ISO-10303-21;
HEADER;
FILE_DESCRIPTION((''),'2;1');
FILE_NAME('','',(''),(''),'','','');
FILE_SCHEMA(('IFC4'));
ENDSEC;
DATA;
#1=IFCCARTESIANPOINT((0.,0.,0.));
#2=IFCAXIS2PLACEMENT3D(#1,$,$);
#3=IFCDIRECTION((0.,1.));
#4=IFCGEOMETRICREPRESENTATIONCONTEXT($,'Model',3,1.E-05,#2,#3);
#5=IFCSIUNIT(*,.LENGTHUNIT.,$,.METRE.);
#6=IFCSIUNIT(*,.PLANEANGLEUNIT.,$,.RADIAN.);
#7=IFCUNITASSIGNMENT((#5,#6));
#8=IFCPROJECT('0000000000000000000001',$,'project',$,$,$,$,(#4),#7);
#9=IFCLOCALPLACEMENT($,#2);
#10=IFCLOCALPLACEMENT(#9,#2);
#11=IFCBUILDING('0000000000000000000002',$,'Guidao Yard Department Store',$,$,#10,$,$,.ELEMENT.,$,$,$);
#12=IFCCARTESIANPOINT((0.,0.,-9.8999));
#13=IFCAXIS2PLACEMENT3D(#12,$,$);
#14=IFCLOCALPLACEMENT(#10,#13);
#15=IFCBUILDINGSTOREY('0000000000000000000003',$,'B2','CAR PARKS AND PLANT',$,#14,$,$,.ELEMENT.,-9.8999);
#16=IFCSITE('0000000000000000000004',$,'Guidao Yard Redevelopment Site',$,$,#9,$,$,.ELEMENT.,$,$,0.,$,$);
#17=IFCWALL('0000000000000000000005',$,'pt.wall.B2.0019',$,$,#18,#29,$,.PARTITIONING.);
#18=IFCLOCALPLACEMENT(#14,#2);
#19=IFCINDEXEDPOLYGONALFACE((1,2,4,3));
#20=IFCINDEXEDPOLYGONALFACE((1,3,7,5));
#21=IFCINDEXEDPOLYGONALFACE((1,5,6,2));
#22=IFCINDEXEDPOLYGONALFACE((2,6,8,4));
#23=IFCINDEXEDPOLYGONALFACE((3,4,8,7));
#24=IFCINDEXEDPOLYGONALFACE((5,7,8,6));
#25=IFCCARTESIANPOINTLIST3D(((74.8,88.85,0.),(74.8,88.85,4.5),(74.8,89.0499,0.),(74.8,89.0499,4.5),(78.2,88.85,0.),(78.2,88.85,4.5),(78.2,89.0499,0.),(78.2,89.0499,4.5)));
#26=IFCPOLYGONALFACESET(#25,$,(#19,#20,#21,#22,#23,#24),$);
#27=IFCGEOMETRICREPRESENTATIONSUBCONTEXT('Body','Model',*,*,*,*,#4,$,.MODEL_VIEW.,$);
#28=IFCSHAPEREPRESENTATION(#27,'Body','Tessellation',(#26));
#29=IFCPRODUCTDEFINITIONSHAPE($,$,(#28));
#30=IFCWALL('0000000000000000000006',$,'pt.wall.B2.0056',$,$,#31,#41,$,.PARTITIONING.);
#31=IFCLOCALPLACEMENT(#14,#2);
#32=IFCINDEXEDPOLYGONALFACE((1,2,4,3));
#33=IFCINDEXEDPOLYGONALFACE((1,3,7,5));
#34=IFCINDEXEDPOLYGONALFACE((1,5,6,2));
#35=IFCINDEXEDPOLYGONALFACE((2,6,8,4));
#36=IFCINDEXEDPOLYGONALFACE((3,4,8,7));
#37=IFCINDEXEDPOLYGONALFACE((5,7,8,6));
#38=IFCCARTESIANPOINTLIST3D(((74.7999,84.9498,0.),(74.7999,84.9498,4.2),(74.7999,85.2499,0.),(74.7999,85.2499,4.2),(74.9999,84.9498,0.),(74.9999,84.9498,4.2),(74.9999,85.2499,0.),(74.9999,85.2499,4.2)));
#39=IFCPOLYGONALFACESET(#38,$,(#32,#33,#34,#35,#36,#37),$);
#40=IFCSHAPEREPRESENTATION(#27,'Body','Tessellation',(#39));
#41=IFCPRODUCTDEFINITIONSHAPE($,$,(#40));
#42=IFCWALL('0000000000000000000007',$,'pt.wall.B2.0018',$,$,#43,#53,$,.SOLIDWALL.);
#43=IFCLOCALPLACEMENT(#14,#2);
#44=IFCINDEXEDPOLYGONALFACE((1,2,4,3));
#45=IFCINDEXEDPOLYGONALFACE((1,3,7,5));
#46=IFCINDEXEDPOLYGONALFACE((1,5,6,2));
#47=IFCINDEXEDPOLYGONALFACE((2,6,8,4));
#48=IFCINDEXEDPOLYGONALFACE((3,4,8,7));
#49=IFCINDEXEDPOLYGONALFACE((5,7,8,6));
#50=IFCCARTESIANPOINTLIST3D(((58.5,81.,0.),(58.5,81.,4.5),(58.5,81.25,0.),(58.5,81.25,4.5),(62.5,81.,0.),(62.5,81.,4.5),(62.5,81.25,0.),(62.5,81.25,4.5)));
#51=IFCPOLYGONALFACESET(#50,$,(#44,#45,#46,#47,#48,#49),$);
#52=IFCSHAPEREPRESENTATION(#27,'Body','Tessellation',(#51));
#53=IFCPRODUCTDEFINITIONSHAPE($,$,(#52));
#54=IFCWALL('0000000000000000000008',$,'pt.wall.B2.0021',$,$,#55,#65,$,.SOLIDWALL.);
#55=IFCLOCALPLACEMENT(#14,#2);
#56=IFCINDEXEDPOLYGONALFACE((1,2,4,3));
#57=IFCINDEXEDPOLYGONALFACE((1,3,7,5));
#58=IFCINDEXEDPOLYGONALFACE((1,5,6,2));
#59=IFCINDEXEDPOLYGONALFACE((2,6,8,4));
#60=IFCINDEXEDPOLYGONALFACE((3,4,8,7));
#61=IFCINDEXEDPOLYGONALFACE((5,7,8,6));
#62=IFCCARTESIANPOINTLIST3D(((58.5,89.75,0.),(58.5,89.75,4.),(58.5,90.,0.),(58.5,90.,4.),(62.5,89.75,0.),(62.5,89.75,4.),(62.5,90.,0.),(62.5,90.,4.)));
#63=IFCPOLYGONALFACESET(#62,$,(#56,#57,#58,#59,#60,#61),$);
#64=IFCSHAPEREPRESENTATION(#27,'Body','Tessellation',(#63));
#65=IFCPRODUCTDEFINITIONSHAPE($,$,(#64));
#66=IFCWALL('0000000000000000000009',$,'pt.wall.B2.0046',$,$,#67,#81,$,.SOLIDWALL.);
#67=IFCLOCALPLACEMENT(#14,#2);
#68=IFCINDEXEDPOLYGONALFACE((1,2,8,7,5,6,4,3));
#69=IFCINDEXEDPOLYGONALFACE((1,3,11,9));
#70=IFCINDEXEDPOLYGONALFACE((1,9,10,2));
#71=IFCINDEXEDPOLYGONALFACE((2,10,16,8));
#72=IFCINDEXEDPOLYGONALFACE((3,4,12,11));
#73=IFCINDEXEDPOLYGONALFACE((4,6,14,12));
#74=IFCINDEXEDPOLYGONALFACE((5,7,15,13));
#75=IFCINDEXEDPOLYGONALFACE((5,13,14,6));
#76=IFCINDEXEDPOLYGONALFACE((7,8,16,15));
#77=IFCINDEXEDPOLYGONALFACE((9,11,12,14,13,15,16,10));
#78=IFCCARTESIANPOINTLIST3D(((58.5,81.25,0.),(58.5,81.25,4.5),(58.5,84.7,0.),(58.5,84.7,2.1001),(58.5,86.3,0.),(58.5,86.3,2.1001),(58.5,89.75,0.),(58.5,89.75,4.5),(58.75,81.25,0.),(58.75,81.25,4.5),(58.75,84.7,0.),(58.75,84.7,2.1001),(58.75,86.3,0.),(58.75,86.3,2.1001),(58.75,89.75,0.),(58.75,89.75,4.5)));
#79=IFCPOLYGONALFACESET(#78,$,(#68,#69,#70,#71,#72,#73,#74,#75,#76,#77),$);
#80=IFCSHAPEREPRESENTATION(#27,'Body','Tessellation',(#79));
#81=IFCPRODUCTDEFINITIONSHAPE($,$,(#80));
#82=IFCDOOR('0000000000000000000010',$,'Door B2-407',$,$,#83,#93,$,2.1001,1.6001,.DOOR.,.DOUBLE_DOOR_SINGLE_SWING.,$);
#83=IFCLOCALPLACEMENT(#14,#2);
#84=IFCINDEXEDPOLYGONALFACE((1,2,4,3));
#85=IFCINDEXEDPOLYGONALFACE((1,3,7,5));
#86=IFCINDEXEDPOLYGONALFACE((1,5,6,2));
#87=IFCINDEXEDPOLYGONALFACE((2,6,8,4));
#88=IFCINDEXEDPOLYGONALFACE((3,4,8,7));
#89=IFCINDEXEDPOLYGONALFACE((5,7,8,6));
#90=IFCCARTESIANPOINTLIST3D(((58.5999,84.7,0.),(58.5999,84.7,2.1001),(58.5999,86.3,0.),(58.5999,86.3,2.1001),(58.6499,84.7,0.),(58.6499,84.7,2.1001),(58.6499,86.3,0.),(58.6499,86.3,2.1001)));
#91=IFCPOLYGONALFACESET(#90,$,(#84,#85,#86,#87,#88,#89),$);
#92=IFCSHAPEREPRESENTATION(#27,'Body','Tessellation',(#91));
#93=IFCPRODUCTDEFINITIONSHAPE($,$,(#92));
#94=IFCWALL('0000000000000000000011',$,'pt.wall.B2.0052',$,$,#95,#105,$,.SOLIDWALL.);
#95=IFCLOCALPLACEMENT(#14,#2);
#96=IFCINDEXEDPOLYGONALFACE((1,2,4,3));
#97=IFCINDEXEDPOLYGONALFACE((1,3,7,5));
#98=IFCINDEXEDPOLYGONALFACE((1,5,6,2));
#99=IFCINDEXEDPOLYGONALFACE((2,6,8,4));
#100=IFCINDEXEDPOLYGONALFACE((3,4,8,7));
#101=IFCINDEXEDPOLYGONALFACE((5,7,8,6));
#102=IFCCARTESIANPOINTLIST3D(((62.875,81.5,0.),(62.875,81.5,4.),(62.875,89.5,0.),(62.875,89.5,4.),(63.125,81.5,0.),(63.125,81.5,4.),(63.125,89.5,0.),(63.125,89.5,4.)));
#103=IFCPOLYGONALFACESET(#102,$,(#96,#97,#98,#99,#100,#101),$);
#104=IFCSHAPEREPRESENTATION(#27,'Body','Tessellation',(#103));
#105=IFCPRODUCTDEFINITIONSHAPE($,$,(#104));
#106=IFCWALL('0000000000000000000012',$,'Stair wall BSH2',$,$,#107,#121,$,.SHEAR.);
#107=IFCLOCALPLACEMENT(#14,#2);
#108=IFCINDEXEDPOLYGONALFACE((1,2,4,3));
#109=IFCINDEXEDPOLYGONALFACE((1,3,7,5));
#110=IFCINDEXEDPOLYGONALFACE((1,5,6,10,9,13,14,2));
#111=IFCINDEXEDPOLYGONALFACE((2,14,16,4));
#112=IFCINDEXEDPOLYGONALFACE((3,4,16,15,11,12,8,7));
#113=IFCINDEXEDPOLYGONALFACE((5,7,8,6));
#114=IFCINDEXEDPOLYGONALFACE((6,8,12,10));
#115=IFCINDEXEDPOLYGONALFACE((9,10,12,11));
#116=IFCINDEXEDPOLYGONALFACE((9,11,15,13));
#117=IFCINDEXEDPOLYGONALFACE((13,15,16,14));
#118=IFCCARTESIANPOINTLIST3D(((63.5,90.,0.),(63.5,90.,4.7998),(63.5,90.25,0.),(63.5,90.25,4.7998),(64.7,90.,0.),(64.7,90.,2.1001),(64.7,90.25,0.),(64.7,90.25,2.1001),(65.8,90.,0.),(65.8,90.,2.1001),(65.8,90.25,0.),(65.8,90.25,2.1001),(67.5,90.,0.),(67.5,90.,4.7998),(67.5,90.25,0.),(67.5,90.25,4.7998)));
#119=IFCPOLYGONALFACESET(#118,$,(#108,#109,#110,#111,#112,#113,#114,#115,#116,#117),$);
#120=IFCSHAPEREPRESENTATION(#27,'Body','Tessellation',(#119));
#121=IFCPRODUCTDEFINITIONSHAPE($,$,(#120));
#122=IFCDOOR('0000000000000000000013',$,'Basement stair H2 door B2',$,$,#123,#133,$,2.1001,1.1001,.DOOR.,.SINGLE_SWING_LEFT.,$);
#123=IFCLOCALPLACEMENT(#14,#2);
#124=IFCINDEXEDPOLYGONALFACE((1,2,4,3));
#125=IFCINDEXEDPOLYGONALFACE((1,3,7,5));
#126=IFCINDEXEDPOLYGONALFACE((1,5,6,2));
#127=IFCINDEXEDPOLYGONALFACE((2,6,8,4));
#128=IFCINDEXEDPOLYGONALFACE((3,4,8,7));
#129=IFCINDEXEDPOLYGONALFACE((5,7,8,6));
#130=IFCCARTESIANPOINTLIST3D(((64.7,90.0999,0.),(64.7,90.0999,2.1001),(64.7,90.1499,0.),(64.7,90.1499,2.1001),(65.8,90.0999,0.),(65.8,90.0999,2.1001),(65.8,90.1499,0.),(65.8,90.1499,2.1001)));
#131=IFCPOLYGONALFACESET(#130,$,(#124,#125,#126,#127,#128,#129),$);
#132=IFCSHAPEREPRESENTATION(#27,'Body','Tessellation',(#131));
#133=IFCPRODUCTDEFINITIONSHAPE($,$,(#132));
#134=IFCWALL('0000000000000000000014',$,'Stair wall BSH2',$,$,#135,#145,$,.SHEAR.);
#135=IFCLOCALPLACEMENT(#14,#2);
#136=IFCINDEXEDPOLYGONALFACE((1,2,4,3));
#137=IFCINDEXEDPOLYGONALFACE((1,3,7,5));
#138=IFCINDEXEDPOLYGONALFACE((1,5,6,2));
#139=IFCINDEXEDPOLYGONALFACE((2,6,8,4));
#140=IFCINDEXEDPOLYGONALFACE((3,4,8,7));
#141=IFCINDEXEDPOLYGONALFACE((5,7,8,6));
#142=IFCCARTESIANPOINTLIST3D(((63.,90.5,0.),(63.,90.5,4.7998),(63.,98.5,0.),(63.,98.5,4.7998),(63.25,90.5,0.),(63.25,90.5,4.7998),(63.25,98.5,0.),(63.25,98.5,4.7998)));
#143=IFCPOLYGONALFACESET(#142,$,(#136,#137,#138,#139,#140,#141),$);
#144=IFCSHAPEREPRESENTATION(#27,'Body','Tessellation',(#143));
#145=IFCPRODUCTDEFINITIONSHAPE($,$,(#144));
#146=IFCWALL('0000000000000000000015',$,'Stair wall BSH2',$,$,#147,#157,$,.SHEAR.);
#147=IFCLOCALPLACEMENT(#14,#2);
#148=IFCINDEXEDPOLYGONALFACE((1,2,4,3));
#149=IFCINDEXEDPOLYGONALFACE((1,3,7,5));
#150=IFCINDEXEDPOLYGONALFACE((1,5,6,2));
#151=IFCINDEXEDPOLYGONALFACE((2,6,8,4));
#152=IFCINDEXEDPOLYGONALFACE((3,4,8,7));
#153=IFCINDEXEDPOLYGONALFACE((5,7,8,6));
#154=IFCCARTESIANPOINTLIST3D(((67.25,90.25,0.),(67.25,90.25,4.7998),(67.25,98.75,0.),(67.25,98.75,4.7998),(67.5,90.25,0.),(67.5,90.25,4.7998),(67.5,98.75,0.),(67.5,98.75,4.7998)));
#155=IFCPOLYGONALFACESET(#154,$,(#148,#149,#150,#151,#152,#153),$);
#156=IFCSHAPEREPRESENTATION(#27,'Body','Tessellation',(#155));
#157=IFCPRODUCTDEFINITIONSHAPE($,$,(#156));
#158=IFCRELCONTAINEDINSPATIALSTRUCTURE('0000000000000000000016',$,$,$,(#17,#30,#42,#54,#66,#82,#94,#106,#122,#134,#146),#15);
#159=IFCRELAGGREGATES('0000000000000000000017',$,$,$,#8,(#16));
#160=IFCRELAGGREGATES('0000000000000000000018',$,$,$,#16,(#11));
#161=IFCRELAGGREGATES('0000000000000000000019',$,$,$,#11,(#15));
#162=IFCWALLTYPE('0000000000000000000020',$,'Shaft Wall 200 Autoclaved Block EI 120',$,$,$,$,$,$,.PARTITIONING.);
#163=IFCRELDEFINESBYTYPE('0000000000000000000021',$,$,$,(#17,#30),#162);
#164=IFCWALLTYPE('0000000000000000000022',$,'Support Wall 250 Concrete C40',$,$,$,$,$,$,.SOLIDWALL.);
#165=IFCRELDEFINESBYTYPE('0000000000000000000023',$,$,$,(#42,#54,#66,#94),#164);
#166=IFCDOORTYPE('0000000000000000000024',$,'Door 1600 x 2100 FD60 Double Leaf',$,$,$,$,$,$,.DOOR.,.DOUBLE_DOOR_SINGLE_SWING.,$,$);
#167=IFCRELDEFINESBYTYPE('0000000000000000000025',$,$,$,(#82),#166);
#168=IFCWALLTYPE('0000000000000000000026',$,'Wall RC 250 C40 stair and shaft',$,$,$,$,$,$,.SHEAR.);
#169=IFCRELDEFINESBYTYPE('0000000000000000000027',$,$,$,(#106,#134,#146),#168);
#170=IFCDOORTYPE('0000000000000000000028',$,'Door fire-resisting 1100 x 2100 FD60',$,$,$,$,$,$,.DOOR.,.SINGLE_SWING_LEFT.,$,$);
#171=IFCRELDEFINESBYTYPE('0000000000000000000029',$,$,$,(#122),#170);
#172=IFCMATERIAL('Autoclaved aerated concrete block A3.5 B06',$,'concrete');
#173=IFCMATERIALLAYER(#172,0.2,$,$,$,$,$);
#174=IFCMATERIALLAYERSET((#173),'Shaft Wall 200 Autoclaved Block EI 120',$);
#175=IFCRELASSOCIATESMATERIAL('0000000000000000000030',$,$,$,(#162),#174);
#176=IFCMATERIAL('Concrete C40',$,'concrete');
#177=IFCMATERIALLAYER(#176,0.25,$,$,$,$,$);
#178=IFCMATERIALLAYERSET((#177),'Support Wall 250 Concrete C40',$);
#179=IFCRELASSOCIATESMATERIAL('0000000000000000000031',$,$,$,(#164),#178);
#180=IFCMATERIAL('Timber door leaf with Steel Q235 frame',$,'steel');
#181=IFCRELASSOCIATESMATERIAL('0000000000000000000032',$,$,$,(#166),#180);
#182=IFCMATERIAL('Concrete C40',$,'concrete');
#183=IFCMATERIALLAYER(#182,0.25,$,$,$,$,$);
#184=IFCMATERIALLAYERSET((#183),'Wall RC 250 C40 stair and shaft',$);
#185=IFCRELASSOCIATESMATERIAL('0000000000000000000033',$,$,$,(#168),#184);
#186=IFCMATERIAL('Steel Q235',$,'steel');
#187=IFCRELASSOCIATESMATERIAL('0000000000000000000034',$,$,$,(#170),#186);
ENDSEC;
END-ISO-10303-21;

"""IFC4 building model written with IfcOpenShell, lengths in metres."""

from ifc_helpers import new_model, si_unit, direction, frame, frame_2d, origin, place, context, subcontext, project, spatial, rectangle, extrude, material, layer, layer_set, type_object, element, fill, save


model = new_model("IFC4")

# Units and contexts
model_context = context("Model", 3, precision=1e-05, world=origin(), true_north=direction((0.0, 1.0)))
body_context = subcontext(model_context, "Body", "Model", "MODEL_VIEW")
ifc_project = project(units=[si_unit("LENGTHUNIT", "METRE"), si_unit("PLANEANGLEUNIT", "RADIAN")], contexts=[model_context])

# Site, building, storey
site_placement = place(None, origin())
site = spatial("IfcSite", under=ifc_project, at=site_placement, Name="Guidao Yard Redevelopment Site", CompositionType="ELEMENT", RefElevation=0.0)
building_placement = place(site_placement, origin())
building = spatial("IfcBuilding", under=site, at=building_placement, Name="Guidao Yard Department Store", CompositionType="ELEMENT")
storey_placement = place(building_placement, frame((0.0, 0.0, -9.8999)))
storey = spatial("IfcBuildingStorey", under=building, at=storey_placement, Name="B2", Description="CAR PARKS AND PLANT", CompositionType="ELEMENT", Elevation=-9.8999)

# Walls
ifc_material_1 = material(Name="Autoclaved aerated concrete block A3.5 B06", Category="concrete")
ifc_layer_1 = layer(ifc_material_1, 0.2)
ifc_layer_set_1 = layer_set([ifc_layer_1], Name="Shaft Wall 200 Autoclaved Block EI 120")
wall_type_1 = type_object("IfcWallType", Name="Shaft Wall 200 Autoclaved Block EI 120", PredefinedType="PARTITIONING", material=ifc_layer_set_1)
wall_1_placement = place(storey_placement, frame((74.8, 88.95, 0.0), z_axis=(0.0, 0.0, 1.0), x_axis=(1.0, 0.0, 0.0)))
element("IfcWall", 1, at=wall_1_placement, inside=storey, type_object=wall_type_1, Name="pt.wall.B2.0019", PredefinedType="PARTITIONING", context=body_context, shape_type="SweptSolid", body=[
    extrude(rectangle(XDim=3.3999, YDim=0.2, at=frame_2d((1.7, 0.0))), origin(), (0.0, 0.0, 1.0), 4.5),
])
wall_2_placement = place(storey_placement, frame((74.8999, 84.95, 0.0), z_axis=(0.0, 0.0, 1.0), x_axis=(0.0, 1.0, 0.0)))
element("IfcWall", 2, at=wall_2_placement, inside=storey, type_object=wall_type_1, Name="pt.wall.B2.0056", PredefinedType="PARTITIONING", context=body_context, shape_type="SweptSolid", body=[
    extrude(rectangle(XDim=0.3, YDim=0.2, at=frame_2d((0.1499, 0.0))), origin(), (0.0, 0.0, 1.0), 4.2),
])
ifc_material_2 = material(Name="Concrete C40", Category="concrete")
ifc_layer_2 = layer(ifc_material_2, 0.25)
ifc_layer_set_2 = layer_set([ifc_layer_2], Name="Support Wall 250 Concrete C40")
wall_type_2 = type_object("IfcWallType", Name="Support Wall 250 Concrete C40", PredefinedType="SOLIDWALL", material=ifc_layer_set_2)
wall_3_placement = place(storey_placement, frame((58.5, 81.125, 0.0), z_axis=(0.0, 0.0, 1.0), x_axis=(1.0, 0.0, 0.0)))
element("IfcWall", 3, at=wall_3_placement, inside=storey, type_object=wall_type_2, Name="pt.wall.B2.0018", PredefinedType="SOLIDWALL", context=body_context, shape_type="SweptSolid", body=[
    extrude(rectangle(XDim=4.0, YDim=0.25, at=frame_2d((2.0, 0.0))), origin(), (0.0, 0.0, 1.0), 4.5),
])
wall_4_placement = place(storey_placement, frame((58.5, 89.875, 0.0), z_axis=(0.0, 0.0, 1.0), x_axis=(1.0, 0.0, 0.0)))
element("IfcWall", 4, at=wall_4_placement, inside=storey, type_object=wall_type_2, Name="pt.wall.B2.0021", PredefinedType="SOLIDWALL", context=body_context, shape_type="SweptSolid", body=[
    extrude(rectangle(XDim=4.0, YDim=0.25, at=frame_2d((2.0, 0.0))), origin(), (0.0, 0.0, 1.0), 4.0),
])

# Wall, opening, door
wall_5_placement = place(storey_placement, frame((58.625, 81.25, 0.0), z_axis=(0.0, 0.0, 1.0), x_axis=(0.0, 1.0, 0.0)))
wall_5 = element("IfcWall", 5, at=wall_5_placement, inside=storey, type_object=wall_type_2, Name="pt.wall.B2.0046", PredefinedType="SOLIDWALL", context=body_context, shape_type="SweptSolid", body=[
    extrude(rectangle(XDim=8.5, YDim=0.25, at=frame_2d((4.25, 0.0))), origin(), (0.0, 0.0, 1.0), 4.5),
])
opening_1_placement = place(wall_5_placement, frame((5.05, 0.0, 0.0), z_axis=(0.0, 0.0, 1.0), x_axis=(-1.0, 0.0, 0.0)))
opening_1 = element("IfcOpeningElement", 6, at=opening_1_placement, cuts=wall_5, PredefinedType="OPENING", context=body_context, shape_type="SweptSolid", body=[
    extrude(rectangle(XDim=1.6001, YDim=2.1001, at=frame_2d((0.8, 1.05))), frame((0.0, 0.135, 0.0), z_axis=(0.0, -1.0, 0.0), x_axis=(1.0, 0.0, 0.0)), (0.0, 0.0, 1.0), 0.27),
])
ifc_material_3 = material(Name="Timber door leaf with Steel Q235 frame", Category="steel")
door_type_1 = type_object("IfcDoorType", Name="Door 1600 x 2100 FD60 Double Leaf", OperationType="DOUBLE_DOOR_SINGLE_SWING", PredefinedType="DOOR", material=ifc_material_3)
door_1_placement = place(opening_1_placement, origin())
door_1 = element("IfcDoor", 7, at=door_1_placement, inside=storey, type_object=door_type_1, Name="Door B2-407", OperationType="DOUBLE_DOOR_SINGLE_SWING", OverallHeight=2.1001, OverallWidth=1.6001, PredefinedType="DOOR", context=body_context, shape_type="SweptSolid", body=[
    extrude(rectangle(XDim=1.6001, YDim=2.1001, at=frame_2d((0.8, 1.05))), frame((0.0, 0.0249, 0.0), z_axis=(0.0, -1.0, 0.0), x_axis=(1.0, 0.0, 0.0)), (0.0, 0.0, 1.0), 0.05),
])
fill(opening_1, door_1)

# Wall
wall_6_placement = place(storey_placement, frame((63.0, 81.5, 0.0), z_axis=(0.0, 0.0, 1.0), x_axis=(0.0, 1.0, 0.0)))
element("IfcWall", 8, at=wall_6_placement, inside=storey, type_object=wall_type_2, Name="pt.wall.B2.0052", PredefinedType="SOLIDWALL", context=body_context, shape_type="SweptSolid", body=[
    extrude(rectangle(XDim=8.0, YDim=0.25, at=frame_2d((4.0, 0.0))), origin(), (0.0, 0.0, 1.0), 4.0),
])

# Wall, opening, door
ifc_material_4 = material(Name="Concrete C40", Category="concrete")
ifc_layer_3 = layer(ifc_material_4, 0.25)
ifc_layer_set_3 = layer_set([ifc_layer_3], Name="Wall RC 250 C40 stair and shaft")
wall_type_3 = type_object("IfcWallType", Name="Wall RC 250 C40 stair and shaft", PredefinedType="SHEAR", material=ifc_layer_set_3)
wall_7_placement = place(storey_placement, frame((63.5, 90.125, 0.0), z_axis=(0.0, 0.0, 1.0), x_axis=(1.0, 0.0, 0.0)))
wall_7 = element("IfcWall", 9, at=wall_7_placement, inside=storey, type_object=wall_type_3, Name="Stair wall BSH2", PredefinedType="SHEAR", context=body_context, shape_type="SweptSolid", body=[
    extrude(rectangle(XDim=4.0, YDim=0.25, at=frame_2d((2.0, 0.0))), origin(), (0.0, 0.0, 1.0), 4.7998),
])
opening_2_placement = place(wall_7_placement, frame((1.2, 0.0, 0.0)))
opening_2 = element("IfcOpeningElement", 10, at=opening_2_placement, cuts=wall_7, PredefinedType="OPENING", context=body_context, shape_type="SweptSolid", body=[
    extrude(rectangle(XDim=1.1001, YDim=2.1001, at=frame_2d((0.55, 1.05))), frame((0.0, 0.135, 0.0), z_axis=(0.0, -1.0, 0.0), x_axis=(1.0, 0.0, 0.0)), (0.0, 0.0, 1.0), 0.27),
])
ifc_material_5 = material(Name="Steel Q235", Category="steel")
door_type_2 = type_object("IfcDoorType", Name="Door fire-resisting 1100 x 2100 FD60", OperationType="SINGLE_SWING_LEFT", PredefinedType="DOOR", material=ifc_material_5)
door_2_placement = place(opening_2_placement, origin())
door_2 = element("IfcDoor", 11, at=door_2_placement, inside=storey, type_object=door_type_2, Name="Basement stair H2 door B2", OperationType="SINGLE_SWING_LEFT", OverallHeight=2.1001, OverallWidth=1.1001, PredefinedType="DOOR", context=body_context, shape_type="SweptSolid", body=[
    extrude(rectangle(XDim=1.1001, YDim=2.1001, at=frame_2d((0.55, 1.05))), frame((0.0, 0.0249, 0.0), z_axis=(0.0, -1.0, 0.0), x_axis=(1.0, 0.0, 0.0)), (0.0, 0.0, 1.0), 0.05),
])
fill(opening_2, door_2)

# Walls
wall_8_placement = place(storey_placement, frame((63.125, 90.5, 0.0), z_axis=(0.0, 0.0, 1.0), x_axis=(0.0, 1.0, 0.0)))
element("IfcWall", 12, at=wall_8_placement, inside=storey, type_object=wall_type_3, Name="Stair wall BSH2", PredefinedType="SHEAR", context=body_context, shape_type="SweptSolid", body=[
    extrude(rectangle(XDim=8.0, YDim=0.25, at=frame_2d((4.0, 0.0))), origin(), (0.0, 0.0, 1.0), 4.7998),
])
wall_9_placement = place(storey_placement, frame((67.375, 90.25, 0.0), z_axis=(0.0, 0.0, 1.0), x_axis=(0.0, 1.0, 0.0)))
element("IfcWall", 13, at=wall_9_placement, inside=storey, type_object=wall_type_3, Name="Stair wall BSH2", PredefinedType="SHEAR", context=body_context, shape_type="SweptSolid", body=[
    extrude(rectangle(XDim=8.5, YDim=0.25, at=frame_2d((4.25, 0.0))), origin(), (0.0, 0.0, 1.0), 4.7998),
])

save(model, "model.ifc")
